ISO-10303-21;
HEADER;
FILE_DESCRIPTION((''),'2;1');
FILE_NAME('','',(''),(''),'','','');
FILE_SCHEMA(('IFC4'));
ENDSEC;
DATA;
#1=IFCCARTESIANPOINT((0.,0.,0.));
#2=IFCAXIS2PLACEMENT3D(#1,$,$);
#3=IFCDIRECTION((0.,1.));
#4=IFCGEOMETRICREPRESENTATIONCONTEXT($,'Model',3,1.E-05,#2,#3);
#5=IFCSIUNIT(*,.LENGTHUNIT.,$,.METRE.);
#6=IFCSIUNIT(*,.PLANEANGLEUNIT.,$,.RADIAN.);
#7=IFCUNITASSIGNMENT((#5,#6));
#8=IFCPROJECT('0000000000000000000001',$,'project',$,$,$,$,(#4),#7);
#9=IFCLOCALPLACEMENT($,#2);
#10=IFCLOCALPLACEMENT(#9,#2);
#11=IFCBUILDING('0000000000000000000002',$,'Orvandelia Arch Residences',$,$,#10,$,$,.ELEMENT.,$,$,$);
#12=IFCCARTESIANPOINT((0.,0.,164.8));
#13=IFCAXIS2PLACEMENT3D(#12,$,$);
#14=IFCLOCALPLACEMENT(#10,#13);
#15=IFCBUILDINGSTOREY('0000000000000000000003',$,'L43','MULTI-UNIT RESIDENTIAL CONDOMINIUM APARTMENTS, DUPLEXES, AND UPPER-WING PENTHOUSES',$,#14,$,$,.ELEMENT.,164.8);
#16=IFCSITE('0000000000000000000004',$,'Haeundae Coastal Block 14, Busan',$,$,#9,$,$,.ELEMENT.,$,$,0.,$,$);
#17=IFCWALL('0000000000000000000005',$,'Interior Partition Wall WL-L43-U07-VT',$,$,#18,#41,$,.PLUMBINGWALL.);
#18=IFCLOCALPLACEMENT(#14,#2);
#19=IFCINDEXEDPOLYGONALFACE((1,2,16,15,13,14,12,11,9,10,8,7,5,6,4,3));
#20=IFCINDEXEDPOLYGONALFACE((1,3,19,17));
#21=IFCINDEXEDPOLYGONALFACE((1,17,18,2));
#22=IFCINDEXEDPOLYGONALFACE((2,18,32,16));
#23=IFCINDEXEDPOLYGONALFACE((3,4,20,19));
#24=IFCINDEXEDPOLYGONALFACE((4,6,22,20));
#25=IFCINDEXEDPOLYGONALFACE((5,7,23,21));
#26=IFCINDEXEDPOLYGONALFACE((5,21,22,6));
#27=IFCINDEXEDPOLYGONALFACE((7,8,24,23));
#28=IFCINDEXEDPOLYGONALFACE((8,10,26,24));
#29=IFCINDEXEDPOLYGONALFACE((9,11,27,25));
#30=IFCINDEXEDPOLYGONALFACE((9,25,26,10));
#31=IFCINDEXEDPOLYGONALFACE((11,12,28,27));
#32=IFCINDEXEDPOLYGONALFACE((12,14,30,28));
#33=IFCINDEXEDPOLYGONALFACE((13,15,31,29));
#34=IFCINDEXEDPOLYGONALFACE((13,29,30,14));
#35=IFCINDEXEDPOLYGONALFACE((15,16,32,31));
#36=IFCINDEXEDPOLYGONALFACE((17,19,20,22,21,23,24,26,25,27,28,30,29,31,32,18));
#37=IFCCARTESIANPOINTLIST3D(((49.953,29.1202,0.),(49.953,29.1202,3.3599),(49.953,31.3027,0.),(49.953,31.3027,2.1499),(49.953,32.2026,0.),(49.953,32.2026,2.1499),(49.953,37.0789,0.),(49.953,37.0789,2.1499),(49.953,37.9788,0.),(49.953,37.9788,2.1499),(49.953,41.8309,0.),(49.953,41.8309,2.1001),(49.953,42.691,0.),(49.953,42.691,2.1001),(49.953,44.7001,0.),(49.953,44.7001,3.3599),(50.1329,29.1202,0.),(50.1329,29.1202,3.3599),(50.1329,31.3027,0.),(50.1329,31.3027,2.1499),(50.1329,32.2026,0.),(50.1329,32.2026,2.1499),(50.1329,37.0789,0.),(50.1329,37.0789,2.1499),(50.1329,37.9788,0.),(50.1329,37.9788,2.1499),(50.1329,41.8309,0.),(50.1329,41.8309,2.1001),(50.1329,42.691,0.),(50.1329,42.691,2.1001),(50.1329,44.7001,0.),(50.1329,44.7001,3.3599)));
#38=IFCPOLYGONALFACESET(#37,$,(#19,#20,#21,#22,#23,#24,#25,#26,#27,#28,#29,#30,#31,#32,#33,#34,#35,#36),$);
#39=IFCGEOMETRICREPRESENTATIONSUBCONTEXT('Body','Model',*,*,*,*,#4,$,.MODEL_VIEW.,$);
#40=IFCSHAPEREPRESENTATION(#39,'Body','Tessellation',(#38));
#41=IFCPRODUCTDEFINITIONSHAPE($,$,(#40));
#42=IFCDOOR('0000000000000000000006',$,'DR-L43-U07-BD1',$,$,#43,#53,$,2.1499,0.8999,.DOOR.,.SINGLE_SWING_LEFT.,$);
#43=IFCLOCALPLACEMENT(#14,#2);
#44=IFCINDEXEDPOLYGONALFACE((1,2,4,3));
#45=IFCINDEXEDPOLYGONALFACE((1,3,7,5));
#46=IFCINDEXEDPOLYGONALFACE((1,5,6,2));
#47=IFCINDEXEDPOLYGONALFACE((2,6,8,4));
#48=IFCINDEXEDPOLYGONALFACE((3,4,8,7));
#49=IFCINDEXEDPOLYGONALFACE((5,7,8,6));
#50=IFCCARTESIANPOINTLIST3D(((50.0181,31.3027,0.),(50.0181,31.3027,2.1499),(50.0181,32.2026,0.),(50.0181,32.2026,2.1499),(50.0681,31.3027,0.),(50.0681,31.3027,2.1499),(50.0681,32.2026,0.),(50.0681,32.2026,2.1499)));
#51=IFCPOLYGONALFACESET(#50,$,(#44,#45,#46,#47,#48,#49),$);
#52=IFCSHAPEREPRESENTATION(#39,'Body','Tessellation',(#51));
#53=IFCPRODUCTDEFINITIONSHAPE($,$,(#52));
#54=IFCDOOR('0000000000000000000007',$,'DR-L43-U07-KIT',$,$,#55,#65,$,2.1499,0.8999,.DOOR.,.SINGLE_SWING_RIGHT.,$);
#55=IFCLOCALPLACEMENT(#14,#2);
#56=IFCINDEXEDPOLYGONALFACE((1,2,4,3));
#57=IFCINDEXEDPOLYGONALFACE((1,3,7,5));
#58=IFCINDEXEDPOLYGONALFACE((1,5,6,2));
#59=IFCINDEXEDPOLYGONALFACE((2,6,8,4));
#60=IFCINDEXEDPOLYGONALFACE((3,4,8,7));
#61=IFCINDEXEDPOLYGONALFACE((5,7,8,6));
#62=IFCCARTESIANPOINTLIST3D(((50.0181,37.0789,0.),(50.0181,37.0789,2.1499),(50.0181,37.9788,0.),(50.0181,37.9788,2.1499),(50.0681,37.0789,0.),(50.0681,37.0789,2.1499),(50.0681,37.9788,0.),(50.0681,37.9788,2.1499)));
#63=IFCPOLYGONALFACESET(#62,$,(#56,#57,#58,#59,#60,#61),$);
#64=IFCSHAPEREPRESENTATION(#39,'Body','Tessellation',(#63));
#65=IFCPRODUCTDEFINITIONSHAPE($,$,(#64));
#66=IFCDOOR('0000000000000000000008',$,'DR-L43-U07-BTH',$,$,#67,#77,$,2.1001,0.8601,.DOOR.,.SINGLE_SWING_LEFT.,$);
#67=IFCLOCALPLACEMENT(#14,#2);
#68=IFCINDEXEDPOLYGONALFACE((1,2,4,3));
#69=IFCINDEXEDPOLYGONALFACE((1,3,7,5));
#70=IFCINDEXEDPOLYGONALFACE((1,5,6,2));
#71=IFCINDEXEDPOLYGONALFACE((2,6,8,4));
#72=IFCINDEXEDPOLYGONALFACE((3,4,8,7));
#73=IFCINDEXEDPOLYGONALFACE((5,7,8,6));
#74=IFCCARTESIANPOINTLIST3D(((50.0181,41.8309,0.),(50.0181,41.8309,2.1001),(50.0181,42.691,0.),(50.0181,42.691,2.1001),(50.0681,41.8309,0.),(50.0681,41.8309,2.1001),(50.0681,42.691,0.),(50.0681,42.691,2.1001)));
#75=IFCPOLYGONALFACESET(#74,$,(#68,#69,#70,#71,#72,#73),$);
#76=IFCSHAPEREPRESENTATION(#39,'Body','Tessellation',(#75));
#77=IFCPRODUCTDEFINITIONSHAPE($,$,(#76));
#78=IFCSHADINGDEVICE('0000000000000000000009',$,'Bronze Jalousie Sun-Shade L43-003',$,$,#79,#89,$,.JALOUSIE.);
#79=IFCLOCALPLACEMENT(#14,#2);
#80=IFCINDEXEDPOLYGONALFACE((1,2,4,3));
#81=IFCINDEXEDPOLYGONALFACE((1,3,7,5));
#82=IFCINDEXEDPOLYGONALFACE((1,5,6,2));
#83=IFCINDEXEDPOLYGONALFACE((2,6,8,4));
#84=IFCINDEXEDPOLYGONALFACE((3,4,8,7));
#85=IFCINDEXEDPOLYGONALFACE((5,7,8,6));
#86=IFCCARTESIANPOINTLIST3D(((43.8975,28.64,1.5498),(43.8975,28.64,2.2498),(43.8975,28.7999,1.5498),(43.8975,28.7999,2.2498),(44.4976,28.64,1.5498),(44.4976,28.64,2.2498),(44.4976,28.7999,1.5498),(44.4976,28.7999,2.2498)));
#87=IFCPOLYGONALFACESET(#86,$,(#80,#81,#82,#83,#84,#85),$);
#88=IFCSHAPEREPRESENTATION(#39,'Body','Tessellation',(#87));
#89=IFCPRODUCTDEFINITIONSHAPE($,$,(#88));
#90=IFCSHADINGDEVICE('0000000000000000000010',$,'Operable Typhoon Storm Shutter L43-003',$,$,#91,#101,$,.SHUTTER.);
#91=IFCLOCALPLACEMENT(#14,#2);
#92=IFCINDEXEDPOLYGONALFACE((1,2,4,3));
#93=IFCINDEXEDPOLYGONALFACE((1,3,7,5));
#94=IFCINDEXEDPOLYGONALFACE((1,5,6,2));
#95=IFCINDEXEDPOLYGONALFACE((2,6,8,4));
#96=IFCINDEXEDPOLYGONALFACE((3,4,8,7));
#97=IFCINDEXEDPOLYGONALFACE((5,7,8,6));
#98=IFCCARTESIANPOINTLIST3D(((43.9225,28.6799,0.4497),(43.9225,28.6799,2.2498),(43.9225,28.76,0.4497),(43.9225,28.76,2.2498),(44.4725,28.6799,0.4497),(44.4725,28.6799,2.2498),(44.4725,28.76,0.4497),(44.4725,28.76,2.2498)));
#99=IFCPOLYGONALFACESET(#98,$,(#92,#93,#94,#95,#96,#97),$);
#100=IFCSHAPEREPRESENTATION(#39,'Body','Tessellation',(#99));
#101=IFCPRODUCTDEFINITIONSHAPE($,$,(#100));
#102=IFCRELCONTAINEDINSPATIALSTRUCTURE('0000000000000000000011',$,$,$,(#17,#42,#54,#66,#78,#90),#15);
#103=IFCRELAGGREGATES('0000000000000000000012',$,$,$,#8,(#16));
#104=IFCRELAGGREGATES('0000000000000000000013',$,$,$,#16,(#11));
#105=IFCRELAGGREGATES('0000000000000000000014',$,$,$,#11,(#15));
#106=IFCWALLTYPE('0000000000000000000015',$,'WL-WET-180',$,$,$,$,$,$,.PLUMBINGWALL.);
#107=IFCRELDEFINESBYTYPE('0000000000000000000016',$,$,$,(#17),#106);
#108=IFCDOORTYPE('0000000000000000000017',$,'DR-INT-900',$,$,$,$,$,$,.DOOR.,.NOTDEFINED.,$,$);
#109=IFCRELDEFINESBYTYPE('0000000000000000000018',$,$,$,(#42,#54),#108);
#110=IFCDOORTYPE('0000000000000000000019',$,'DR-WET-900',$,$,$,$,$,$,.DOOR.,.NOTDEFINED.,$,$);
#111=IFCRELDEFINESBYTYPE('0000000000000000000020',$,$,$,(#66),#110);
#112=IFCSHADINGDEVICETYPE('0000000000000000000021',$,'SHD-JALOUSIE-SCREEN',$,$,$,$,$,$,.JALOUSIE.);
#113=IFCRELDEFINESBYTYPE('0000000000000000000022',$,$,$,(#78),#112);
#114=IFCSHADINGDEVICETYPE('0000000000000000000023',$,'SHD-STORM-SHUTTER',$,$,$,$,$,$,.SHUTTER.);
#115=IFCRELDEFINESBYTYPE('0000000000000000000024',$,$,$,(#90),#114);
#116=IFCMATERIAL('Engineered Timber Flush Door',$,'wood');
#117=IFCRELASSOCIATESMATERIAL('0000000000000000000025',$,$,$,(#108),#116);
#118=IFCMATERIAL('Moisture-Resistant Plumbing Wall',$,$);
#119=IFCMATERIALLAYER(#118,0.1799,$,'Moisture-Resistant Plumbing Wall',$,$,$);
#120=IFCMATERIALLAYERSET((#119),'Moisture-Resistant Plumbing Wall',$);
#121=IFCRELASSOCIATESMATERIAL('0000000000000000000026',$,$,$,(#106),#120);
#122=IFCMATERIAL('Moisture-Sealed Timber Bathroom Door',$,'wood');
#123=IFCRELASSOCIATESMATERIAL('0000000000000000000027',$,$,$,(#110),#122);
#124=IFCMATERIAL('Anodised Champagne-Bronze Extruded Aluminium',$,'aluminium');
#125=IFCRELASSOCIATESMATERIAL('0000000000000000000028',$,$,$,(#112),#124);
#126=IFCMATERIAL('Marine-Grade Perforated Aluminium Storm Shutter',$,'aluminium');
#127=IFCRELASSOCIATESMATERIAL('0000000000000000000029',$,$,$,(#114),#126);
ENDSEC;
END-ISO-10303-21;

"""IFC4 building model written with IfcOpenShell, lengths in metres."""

from ifc_helpers import new_model, si_unit, direction, frame, frame_2d, origin, origin_2d, place, context, subcontext, project, spatial, rectangle, extrude, material, layer, layer_set, type_object, element, fill, save


model = new_model("IFC4")

# Units and contexts
model_context = context("Model", 3, precision=1e-05, world=origin(), true_north=direction((0.0, 1.0)))
body_context = subcontext(model_context, "Body", "Model", "MODEL_VIEW")
ifc_project = project(units=[si_unit("LENGTHUNIT", "METRE"), si_unit("PLANEANGLEUNIT", "RADIAN")], contexts=[model_context])

# Site, building, storey
site_placement = place(None, origin())
site = spatial("IfcSite", under=ifc_project, at=site_placement, Name="Haeundae Coastal Block 14, Busan", CompositionType="ELEMENT", RefElevation=0.0)
building_placement = place(site_placement, origin())
building = spatial("IfcBuilding", under=site, at=building_placement, Name="Orvandelia Arch Residences", CompositionType="ELEMENT")
storey_placement = place(building_placement, frame((0.0, 0.0, 164.8)))
storey = spatial("IfcBuildingStorey", under=building, at=storey_placement, Name="L43", Description="MULTI-UNIT RESIDENTIAL CONDOMINIUM APARTMENTS, DUPLEXES, AND UPPER-WING PENTHOUSES", CompositionType="ELEMENT", Elevation=164.8)

# Shared definitions
ifc_material_1 = material(Name="Engineered Timber Flush Door", Category="wood")
door_type_1 = type_object("IfcDoorType", Name="DR-INT-900", OperationType="NOTDEFINED", PredefinedType="DOOR", material=ifc_material_1)

# Wall, openings, doors
ifc_material_2 = material(Name="Moisture-Resistant Plumbing Wall")
ifc_layer_1 = layer(ifc_material_2, 0.1799, Name="Moisture-Resistant Plumbing Wall")
ifc_layer_set_1 = layer_set([ifc_layer_1], Name="Moisture-Resistant Plumbing Wall")
wall_type_1 = type_object("IfcWallType", Name="WL-WET-180", PredefinedType="PLUMBINGWALL", material=ifc_layer_set_1)
wall_1_placement = place(storey_placement, frame((50.043, 29.1201, 0.0), z_axis=(0.0, 0.0, 1.0), x_axis=(0.0, 1.0, 0.0)))
wall_1 = element("IfcWall", 1, at=wall_1_placement, inside=storey, type_object=wall_type_1, Name="Interior Partition Wall WL-L43-U07-VT", PredefinedType="PLUMBINGWALL", context=body_context, shape_type="SweptSolid", body=[
    extrude(rectangle(XDim=15.5798, YDim=0.1799, at=frame_2d((7.79, 0.0))), origin(), (0.0, 0.0, 1.0), 3.3599),
])
opening_1_placement = place(wall_1_placement, frame((2.1826, 0.0, 0.0)))
opening_1 = element("IfcOpeningElement", 2, at=opening_1_placement, cuts=wall_1, PredefinedType="OPENING", context=body_context, shape_type="SweptSolid", body=[
    extrude(rectangle(XDim=0.8999, YDim=2.1499, at=frame_2d((0.45, 1.075))), frame((0.0, 0.1001, 0.0), z_axis=(0.0, -1.0, 0.0), x_axis=(1.0, 0.0, 0.0)), (0.0, 0.0, 1.0), 0.2),
])
opening_2_placement = place(wall_1_placement, frame((7.9587, 0.0, 0.0)))
opening_2 = element("IfcOpeningElement", 3, at=opening_2_placement, cuts=wall_1, PredefinedType="OPENING", context=body_context, shape_type="SweptSolid", body=[
    extrude(rectangle(XDim=0.8999, YDim=2.1499, at=frame_2d((0.45, 1.075))), frame((0.0, 0.1001, 0.0), z_axis=(0.0, -1.0, 0.0), x_axis=(1.0, 0.0, 0.0)), (0.0, 0.0, 1.0), 0.2),
])
opening_3_placement = place(wall_1_placement, frame((12.7107, 0.0, 0.0)))
opening_3 = element("IfcOpeningElement", 4, at=opening_3_placement, cuts=wall_1, PredefinedType="OPENING", context=body_context, shape_type="SweptSolid", body=[
    extrude(rectangle(XDim=0.8601, YDim=2.1001, at=frame_2d((0.4302, 1.05))), frame((0.0, 0.1001, 0.0), z_axis=(0.0, -1.0, 0.0), x_axis=(1.0, 0.0, 0.0)), (0.0, 0.0, 1.0), 0.2),
])
door_1_placement = place(opening_1_placement, origin())
door_1 = element("IfcDoor", 5, at=door_1_placement, inside=storey, type_object=door_type_1, Name="DR-L43-U07-BD1", OperationType="SINGLE_SWING_LEFT", OverallHeight=2.1499, OverallWidth=0.8999, PredefinedType="DOOR", context=body_context, shape_type="SweptSolid", body=[
    extrude(rectangle(XDim=0.8999, YDim=2.1499, at=frame_2d((0.45, 1.075))), frame((0.0, 0.0249, 0.0), z_axis=(0.0, -1.0, 0.0), x_axis=(1.0, 0.0, 0.0)), (0.0, 0.0, 1.0), 0.05),
])
fill(opening_1, door_1)
door_2_placement = place(opening_2_placement, origin())
door_2 = element("IfcDoor", 6, at=door_2_placement, inside=storey, type_object=door_type_1, Name="DR-L43-U07-KIT", OperationType="SINGLE_SWING_RIGHT", OverallHeight=2.1499, OverallWidth=0.8999, PredefinedType="DOOR", context=body_context, shape_type="SweptSolid", body=[
    extrude(rectangle(XDim=0.8999, YDim=2.1499, at=frame_2d((0.45, 1.075))), frame((0.0, 0.0249, 0.0), z_axis=(0.0, -1.0, 0.0), x_axis=(1.0, 0.0, 0.0)), (0.0, 0.0, 1.0), 0.05),
])
fill(opening_2, door_2)
ifc_material_3 = material(Name="Moisture-Sealed Timber Bathroom Door", Category="wood")
door_type_2 = type_object("IfcDoorType", Name="DR-WET-900", OperationType="NOTDEFINED", PredefinedType="DOOR", material=ifc_material_3)
door_3_placement = place(opening_3_placement, origin())
door_3 = element("IfcDoor", 7, at=door_3_placement, inside=storey, type_object=door_type_2, Name="DR-L43-U07-BTH", OperationType="SINGLE_SWING_LEFT", OverallHeight=2.1001, OverallWidth=0.8601, PredefinedType="DOOR", context=body_context, shape_type="SweptSolid", body=[
    extrude(rectangle(XDim=0.8601, YDim=2.1001, at=frame_2d((0.4302, 1.05))), frame((0.0, 0.0249, 0.0), z_axis=(0.0, -1.0, 0.0), x_axis=(1.0, 0.0, 0.0)), (0.0, 0.0, 1.0), 0.05),
])
fill(opening_3, door_3)

# Shading devices
ifc_material_4 = material(Name="Anodised Champagne-Bronze Extruded Aluminium", Category="aluminium")
shading_device_type_1 = type_object("IfcShadingDeviceType", Name="SHD-JALOUSIE-SCREEN", PredefinedType="JALOUSIE", material=ifc_material_4)
shading_device_1_placement = place(storey_placement, frame((44.1975, 28.72, 1.5498), z_axis=(0.0, 0.0, 1.0), x_axis=(-1.0, 0.0, 0.0)))
element("IfcShadingDevice", 8, at=shading_device_1_placement, inside=storey, type_object=shading_device_type_1, Name="Bronze Jalousie Sun-Shade L43-003", PredefinedType="JALOUSIE", context=body_context, shape_type="SweptSolid", body=[
    extrude(rectangle(XDim=0.6001, YDim=0.1599, at=origin_2d()), origin(), (0.0, 0.0, 1.0), 0.7),
])
ifc_material_5 = material(Name="Marine-Grade Perforated Aluminium Storm Shutter", Category="aluminium")
shading_device_type_2 = type_object("IfcShadingDeviceType", Name="SHD-STORM-SHUTTER", PredefinedType="SHUTTER", material=ifc_material_5)
shading_device_2_placement = place(storey_placement, frame((44.1975, 28.72, 0.4497), z_axis=(0.0, 0.0, 1.0), x_axis=(-1.0, 0.0, 0.0)))
element("IfcShadingDevice", 9, at=shading_device_2_placement, inside=storey, type_object=shading_device_type_2, Name="Operable Typhoon Storm Shutter L43-003", PredefinedType="SHUTTER", context=body_context, shape_type="SweptSolid", body=[
    extrude(rectangle(XDim=0.55, YDim=0.0801, at=origin_2d()), origin(), (0.0, 0.0, 1.0), 1.8),
])

save(model, "model.ifc")
